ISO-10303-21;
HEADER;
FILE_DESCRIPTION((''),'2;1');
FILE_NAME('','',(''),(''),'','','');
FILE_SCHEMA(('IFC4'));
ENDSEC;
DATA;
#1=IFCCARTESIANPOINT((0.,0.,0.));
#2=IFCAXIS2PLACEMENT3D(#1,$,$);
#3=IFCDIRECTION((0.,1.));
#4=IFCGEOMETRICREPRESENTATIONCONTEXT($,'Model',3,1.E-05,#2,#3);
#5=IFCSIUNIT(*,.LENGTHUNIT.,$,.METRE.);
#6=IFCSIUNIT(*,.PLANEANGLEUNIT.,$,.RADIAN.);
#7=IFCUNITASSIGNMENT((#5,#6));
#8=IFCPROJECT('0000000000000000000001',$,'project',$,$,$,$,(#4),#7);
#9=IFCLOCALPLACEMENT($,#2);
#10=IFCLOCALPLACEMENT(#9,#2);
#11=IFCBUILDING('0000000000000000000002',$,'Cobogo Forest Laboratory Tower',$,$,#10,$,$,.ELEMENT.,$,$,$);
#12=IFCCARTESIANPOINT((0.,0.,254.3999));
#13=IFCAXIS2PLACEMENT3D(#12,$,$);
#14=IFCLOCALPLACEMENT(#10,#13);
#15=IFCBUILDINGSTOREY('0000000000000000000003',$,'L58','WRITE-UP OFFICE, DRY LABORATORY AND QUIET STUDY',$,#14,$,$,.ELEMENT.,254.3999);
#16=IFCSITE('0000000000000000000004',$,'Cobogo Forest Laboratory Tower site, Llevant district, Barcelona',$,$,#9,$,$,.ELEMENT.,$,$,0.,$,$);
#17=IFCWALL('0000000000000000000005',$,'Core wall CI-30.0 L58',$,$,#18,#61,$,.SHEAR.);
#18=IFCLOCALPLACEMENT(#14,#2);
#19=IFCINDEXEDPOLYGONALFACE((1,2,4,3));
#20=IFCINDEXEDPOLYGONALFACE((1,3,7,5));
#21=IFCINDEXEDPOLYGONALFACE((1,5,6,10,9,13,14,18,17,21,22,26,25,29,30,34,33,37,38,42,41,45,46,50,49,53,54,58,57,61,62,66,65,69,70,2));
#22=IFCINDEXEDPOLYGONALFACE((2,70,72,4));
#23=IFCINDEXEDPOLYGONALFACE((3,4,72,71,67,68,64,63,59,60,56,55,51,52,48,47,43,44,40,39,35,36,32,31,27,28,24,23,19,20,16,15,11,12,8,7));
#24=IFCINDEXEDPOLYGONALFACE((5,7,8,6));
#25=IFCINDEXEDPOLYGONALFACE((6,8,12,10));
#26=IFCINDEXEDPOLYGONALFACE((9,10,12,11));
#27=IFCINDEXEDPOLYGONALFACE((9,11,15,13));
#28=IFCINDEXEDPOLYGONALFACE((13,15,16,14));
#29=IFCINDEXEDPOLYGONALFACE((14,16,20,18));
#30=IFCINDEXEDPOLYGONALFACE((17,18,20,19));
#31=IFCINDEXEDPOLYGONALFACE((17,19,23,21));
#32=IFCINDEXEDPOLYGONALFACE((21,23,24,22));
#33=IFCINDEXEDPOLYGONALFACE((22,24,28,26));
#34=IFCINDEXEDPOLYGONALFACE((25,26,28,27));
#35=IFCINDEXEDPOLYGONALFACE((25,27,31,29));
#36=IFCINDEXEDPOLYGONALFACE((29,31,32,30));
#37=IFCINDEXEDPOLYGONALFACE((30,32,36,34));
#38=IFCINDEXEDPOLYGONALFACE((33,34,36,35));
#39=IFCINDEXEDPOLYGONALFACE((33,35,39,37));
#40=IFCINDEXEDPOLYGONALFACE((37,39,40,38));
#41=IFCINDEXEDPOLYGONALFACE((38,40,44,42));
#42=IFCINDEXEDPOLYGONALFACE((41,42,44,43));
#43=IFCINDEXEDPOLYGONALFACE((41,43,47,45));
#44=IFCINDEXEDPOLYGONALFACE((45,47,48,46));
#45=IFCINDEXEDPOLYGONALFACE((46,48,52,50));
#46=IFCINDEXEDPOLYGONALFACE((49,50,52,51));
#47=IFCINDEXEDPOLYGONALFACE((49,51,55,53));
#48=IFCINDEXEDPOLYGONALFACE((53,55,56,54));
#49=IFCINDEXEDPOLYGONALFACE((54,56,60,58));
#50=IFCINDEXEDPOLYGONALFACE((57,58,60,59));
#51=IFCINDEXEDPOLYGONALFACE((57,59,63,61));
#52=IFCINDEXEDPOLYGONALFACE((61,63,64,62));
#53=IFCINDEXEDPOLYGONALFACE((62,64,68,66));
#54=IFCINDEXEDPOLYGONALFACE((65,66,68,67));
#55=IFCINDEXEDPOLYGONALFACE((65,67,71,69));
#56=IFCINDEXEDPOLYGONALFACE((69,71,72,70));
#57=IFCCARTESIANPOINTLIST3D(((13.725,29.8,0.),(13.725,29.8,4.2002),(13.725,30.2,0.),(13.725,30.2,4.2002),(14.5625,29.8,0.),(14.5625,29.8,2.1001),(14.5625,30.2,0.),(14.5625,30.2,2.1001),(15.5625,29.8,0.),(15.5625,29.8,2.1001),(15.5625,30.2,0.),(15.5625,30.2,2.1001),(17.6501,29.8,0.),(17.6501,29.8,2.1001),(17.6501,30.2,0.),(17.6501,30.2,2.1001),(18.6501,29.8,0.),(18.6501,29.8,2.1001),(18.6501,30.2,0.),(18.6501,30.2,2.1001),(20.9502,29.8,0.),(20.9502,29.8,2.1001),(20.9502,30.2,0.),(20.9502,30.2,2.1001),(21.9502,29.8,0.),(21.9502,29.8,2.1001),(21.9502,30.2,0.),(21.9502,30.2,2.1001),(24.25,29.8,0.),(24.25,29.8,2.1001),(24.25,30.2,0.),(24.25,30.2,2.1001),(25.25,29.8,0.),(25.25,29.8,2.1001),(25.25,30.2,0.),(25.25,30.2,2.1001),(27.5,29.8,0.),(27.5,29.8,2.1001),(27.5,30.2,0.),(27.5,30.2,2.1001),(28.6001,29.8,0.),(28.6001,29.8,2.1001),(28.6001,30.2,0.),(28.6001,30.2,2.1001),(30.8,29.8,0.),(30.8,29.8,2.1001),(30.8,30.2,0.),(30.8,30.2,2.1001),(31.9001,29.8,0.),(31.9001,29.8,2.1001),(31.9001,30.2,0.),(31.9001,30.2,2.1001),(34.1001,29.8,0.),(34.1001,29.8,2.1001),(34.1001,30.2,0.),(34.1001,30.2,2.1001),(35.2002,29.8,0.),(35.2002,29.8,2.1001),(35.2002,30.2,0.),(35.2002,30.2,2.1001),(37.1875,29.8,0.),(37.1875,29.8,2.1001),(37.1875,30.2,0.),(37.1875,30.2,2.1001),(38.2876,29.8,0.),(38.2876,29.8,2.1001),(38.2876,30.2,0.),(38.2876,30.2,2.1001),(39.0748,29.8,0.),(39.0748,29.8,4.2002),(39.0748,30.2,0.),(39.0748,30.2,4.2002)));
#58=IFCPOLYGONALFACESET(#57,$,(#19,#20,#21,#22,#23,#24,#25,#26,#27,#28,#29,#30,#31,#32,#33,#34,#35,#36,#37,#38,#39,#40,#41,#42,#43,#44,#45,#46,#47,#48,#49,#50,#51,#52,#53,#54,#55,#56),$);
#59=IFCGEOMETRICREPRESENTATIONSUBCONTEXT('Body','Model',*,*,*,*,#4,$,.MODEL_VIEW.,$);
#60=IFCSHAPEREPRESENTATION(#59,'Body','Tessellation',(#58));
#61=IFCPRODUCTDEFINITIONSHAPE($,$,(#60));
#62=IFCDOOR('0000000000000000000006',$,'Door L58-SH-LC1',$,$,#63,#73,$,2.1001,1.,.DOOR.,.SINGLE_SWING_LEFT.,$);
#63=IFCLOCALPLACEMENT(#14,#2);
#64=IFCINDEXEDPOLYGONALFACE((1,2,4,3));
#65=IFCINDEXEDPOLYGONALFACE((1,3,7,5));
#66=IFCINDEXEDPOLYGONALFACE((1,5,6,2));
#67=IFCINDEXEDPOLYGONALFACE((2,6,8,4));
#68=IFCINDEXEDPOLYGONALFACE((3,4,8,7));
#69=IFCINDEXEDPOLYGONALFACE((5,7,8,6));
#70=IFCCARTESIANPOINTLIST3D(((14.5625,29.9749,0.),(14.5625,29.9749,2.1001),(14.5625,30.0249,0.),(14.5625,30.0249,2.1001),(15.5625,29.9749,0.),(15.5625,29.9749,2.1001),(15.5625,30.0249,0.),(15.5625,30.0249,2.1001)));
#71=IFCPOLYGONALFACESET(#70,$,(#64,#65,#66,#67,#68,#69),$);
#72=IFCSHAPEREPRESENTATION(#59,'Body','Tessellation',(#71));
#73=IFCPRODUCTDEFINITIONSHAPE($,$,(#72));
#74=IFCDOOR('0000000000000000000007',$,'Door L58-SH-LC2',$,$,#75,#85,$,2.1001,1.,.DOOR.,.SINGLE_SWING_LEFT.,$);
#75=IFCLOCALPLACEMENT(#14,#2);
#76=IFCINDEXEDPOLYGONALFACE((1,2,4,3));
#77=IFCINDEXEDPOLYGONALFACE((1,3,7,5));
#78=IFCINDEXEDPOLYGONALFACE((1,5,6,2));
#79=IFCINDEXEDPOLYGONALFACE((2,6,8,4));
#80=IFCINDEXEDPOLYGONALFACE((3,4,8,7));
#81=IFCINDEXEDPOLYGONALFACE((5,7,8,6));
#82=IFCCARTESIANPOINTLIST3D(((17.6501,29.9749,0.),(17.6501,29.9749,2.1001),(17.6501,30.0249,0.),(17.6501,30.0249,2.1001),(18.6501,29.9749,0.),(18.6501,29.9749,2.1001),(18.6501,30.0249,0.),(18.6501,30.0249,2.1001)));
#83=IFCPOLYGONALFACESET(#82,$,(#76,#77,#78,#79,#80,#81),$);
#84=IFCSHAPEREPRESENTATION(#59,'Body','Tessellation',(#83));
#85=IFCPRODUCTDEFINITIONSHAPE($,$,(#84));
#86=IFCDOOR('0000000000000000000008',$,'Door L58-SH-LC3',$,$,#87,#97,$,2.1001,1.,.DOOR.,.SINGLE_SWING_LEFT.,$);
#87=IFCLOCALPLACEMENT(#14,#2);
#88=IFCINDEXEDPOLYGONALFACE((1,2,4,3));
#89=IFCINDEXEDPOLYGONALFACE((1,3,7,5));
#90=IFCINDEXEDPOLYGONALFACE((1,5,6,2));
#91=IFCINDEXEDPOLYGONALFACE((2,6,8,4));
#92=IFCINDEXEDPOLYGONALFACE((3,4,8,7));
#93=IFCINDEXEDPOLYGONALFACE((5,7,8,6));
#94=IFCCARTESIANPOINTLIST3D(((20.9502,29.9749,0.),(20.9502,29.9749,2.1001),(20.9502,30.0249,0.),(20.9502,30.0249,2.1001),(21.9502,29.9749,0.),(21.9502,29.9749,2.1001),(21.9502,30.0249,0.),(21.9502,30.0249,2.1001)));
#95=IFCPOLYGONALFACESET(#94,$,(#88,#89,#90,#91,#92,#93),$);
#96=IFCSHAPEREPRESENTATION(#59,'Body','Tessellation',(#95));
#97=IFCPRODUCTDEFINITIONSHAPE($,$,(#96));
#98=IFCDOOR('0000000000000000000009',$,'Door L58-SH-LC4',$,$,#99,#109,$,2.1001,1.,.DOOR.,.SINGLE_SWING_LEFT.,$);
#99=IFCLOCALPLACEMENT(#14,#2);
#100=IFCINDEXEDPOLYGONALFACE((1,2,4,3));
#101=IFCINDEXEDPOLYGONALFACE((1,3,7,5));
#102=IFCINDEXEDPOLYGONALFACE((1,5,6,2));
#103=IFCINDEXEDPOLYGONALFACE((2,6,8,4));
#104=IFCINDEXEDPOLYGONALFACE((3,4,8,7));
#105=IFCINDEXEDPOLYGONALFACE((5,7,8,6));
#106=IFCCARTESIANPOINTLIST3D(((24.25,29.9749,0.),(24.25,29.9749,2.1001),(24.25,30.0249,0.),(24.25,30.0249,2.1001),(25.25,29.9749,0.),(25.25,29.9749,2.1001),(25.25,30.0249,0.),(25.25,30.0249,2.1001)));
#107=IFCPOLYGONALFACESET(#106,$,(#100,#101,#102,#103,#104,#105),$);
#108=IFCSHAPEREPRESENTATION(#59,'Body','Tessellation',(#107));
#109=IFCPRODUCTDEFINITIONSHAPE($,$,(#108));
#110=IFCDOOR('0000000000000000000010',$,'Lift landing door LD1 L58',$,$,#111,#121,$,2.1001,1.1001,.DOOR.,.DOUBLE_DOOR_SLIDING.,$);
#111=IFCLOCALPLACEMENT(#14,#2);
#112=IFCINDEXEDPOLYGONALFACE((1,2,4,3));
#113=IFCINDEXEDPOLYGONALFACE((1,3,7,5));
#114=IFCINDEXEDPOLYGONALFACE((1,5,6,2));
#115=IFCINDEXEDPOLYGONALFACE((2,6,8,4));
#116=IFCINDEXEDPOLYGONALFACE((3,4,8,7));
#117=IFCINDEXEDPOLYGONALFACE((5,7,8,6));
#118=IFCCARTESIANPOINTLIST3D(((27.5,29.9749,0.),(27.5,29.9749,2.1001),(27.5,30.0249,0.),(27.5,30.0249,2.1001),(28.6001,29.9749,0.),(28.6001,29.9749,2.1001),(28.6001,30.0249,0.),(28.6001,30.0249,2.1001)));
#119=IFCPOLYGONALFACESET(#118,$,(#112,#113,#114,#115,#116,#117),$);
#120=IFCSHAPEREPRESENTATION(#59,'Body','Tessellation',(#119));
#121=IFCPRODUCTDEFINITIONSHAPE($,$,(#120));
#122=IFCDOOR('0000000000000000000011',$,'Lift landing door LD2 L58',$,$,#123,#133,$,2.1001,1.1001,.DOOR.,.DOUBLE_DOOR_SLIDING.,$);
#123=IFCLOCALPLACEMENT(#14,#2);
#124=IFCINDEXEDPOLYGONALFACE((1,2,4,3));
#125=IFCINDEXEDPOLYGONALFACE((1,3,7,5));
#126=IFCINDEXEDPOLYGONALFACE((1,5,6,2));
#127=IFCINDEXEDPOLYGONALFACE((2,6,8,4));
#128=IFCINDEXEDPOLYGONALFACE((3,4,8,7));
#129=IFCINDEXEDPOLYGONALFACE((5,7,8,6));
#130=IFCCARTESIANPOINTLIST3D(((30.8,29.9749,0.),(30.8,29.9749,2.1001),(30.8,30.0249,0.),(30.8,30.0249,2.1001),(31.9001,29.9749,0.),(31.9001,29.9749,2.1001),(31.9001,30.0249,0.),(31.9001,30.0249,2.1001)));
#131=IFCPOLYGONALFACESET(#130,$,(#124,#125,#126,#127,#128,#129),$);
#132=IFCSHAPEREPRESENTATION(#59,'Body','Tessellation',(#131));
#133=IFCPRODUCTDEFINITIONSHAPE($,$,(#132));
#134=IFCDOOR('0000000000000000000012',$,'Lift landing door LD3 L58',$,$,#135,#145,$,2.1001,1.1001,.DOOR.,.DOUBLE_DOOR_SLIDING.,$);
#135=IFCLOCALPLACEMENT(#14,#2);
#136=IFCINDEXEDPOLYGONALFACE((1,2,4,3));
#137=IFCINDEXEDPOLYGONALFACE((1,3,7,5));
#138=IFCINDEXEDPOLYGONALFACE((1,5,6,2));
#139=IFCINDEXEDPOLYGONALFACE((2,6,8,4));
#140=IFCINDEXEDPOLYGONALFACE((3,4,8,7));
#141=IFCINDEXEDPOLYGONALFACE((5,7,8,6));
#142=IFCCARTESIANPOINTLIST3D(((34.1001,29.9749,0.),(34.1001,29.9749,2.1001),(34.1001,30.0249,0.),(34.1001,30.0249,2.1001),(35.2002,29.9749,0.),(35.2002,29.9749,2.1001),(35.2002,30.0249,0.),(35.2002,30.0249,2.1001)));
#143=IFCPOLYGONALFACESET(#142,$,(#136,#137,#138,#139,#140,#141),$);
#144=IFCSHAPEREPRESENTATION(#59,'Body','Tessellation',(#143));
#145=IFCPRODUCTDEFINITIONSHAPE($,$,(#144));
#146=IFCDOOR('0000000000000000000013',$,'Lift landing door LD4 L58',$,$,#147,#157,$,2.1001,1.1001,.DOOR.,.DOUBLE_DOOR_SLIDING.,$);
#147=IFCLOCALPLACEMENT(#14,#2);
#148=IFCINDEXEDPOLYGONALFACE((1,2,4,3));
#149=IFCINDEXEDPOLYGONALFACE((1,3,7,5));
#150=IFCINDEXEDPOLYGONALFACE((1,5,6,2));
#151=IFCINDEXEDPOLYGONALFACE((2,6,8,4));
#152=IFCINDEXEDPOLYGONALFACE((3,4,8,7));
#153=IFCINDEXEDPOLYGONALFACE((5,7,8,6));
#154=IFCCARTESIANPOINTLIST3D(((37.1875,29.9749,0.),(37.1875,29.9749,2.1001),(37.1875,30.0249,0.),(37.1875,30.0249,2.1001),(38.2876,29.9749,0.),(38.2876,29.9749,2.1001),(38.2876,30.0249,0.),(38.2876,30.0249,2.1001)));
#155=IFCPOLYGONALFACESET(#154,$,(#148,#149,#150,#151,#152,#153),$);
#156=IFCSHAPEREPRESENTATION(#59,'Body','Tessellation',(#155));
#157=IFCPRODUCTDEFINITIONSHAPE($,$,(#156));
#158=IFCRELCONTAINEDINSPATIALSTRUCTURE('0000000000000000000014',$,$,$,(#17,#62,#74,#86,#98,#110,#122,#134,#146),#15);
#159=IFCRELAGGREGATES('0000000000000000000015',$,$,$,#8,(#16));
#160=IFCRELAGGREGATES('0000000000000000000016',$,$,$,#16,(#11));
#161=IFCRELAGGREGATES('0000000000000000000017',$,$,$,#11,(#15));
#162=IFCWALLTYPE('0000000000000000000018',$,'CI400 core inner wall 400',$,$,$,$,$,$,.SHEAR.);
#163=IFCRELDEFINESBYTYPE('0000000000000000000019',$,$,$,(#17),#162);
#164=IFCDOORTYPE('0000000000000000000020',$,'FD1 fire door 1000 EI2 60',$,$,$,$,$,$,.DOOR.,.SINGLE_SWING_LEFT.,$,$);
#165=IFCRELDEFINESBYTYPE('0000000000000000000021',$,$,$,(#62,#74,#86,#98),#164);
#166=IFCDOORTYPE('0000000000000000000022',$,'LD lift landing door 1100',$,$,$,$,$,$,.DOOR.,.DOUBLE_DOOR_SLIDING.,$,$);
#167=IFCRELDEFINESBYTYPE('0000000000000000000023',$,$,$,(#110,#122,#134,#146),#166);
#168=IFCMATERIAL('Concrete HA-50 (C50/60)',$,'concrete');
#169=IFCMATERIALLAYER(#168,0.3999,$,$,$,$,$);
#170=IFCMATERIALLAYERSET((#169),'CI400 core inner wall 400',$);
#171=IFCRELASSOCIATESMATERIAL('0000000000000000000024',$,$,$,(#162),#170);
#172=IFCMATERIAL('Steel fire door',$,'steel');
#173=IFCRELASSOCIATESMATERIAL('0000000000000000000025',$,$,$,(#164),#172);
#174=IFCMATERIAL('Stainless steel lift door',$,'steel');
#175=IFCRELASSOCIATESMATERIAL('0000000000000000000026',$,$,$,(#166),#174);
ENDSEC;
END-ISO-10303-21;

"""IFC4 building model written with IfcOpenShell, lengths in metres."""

from ifc_helpers import new_model, si_unit, direction, frame, frame_2d, origin, place, context, subcontext, project, spatial, rectangle, extrude, material, layer, layer_set, type_object, element, fill, save


model = new_model("IFC4")

# Units and contexts
model_context = context("Model", 3, precision=1e-05, world=origin(), true_north=direction((0.0, 1.0)))
body_context = subcontext(model_context, "Body", "Model", "MODEL_VIEW")
ifc_project = project(units=[si_unit("LENGTHUNIT", "METRE"), si_unit("PLANEANGLEUNIT", "RADIAN")], contexts=[model_context])

# Site, building, storey
site_placement = place(None, origin())
site = spatial("IfcSite", under=ifc_project, at=site_placement, Name="Cobogo Forest Laboratory Tower site, Llevant district, Barcelona", CompositionType="ELEMENT", RefElevation=0.0)
building_placement = place(site_placement, origin())
building = spatial("IfcBuilding", under=site, at=building_placement, Name="Cobogo Forest Laboratory Tower", CompositionType="ELEMENT")
storey_placement = place(building_placement, frame((0.0, 0.0, 254.3999)))
storey = spatial("IfcBuildingStorey", under=building, at=storey_placement, Name="L58", Description="WRITE-UP OFFICE, DRY LABORATORY AND QUIET STUDY", CompositionType="ELEMENT", Elevation=254.3999)

# Wall, openings, doors
ifc_material_1 = material(Name="Concrete HA-50 (C50/60)", Category="concrete")
ifc_layer_1 = layer(ifc_material_1, 0.3999)
ifc_layer_set_1 = layer_set([ifc_layer_1], Name="CI400 core inner wall 400")
wall_type_1 = type_object("IfcWallType", Name="CI400 core inner wall 400", PredefinedType="SHEAR", material=ifc_layer_set_1)
wall_1_placement = place(storey_placement, frame((13.7251, 30.0, 0.0), z_axis=(0.0, 0.0, 1.0), x_axis=(1.0, 0.0, 0.0)))
wall_1 = element("IfcWall", 1, at=wall_1_placement, inside=storey, type_object=wall_type_1, Name="Core wall CI-30.0 L58", PredefinedType="SHEAR", context=body_context, shape_type="SweptSolid", body=[
    extrude(rectangle(XDim=25.3499, YDim=0.3999, at=frame_2d((12.6748, 0.0))), origin(), (0.0, 0.0, 1.0), 4.2002),
])
opening_1_placement = place(wall_1_placement, frame((0.8374, 0.0, 0.0)))
opening_1 = element("IfcOpeningElement", 2, at=opening_1_placement, cuts=wall_1, PredefinedType="OPENING", context=body_context, shape_type="SweptSolid", body=[
    extrude(rectangle(XDim=1.0, YDim=2.1001, at=frame_2d((0.5, 1.05))), frame((0.0, 0.21, 0.0), z_axis=(0.0, -1.0, 0.0), x_axis=(1.0, 0.0, 0.0)), (0.0, 0.0, 1.0), 0.4199),
])
opening_2_placement = place(wall_1_placement, frame((3.925, 0.0, 0.0)))
opening_2 = element("IfcOpeningElement", 3, at=opening_2_placement, cuts=wall_1, PredefinedType="OPENING", context=body_context, shape_type="SweptSolid", body=[
    extrude(rectangle(XDim=1.0, YDim=2.1001, at=frame_2d((0.5, 1.05))), frame((0.0, 0.21, 0.0), z_axis=(0.0, -1.0, 0.0), x_axis=(1.0, 0.0, 0.0)), (0.0, 0.0, 1.0), 0.4199),
])
opening_3_placement = place(wall_1_placement, frame((7.2251, 0.0, 0.0)))
opening_3 = element("IfcOpeningElement", 4, at=opening_3_placement, cuts=wall_1, PredefinedType="OPENING", context=body_context, shape_type="SweptSolid", body=[
    extrude(rectangle(XDim=1.0, YDim=2.1001, at=frame_2d((0.5, 1.05))), frame((0.0, 0.21, 0.0), z_axis=(0.0, -1.0, 0.0), x_axis=(1.0, 0.0, 0.0)), (0.0, 0.0, 1.0), 0.4199),
])
opening_4_placement = place(wall_1_placement, frame((10.5249, 0.0, 0.0)))
opening_4 = element("IfcOpeningElement", 5, at=opening_4_placement, cuts=wall_1, PredefinedType="OPENING", context=body_context, shape_type="SweptSolid", body=[
    extrude(rectangle(XDim=1.0, YDim=2.1001, at=frame_2d((0.5, 1.05))), frame((0.0, 0.21, 0.0), z_axis=(0.0, -1.0, 0.0), x_axis=(1.0, 0.0, 0.0)), (0.0, 0.0, 1.0), 0.4199),
])
opening_5_placement = place(wall_1_placement, frame((13.7749, 0.0, 0.0)))
opening_5 = element("IfcOpeningElement", 6, at=opening_5_placement, cuts=wall_1, PredefinedType="OPENING", context=body_context, shape_type="SweptSolid", body=[
    extrude(rectangle(XDim=1.1001, YDim=2.1001, at=frame_2d((0.55, 1.05))), frame((0.0, 0.21, 0.0), z_axis=(0.0, -1.0, 0.0), x_axis=(1.0, 0.0, 0.0)), (0.0, 0.0, 1.0), 0.4199),
])
opening_6_placement = place(wall_1_placement, frame((17.075, 0.0, 0.0)))
opening_6 = element("IfcOpeningElement", 7, at=opening_6_placement, cuts=wall_1, PredefinedType="OPENING", context=body_context, shape_type="SweptSolid", body=[
    extrude(rectangle(XDim=1.1001, YDim=2.1001, at=frame_2d((0.55, 1.05))), frame((0.0, 0.21, 0.0), z_axis=(0.0, -1.0, 0.0), x_axis=(1.0, 0.0, 0.0)), (0.0, 0.0, 1.0), 0.4199),
])
opening_7_placement = place(wall_1_placement, frame((20.375, 0.0, 0.0)))
opening_7 = element("IfcOpeningElement", 8, at=opening_7_placement, cuts=wall_1, PredefinedType="OPENING", context=body_context, shape_type="SweptSolid", body=[
    extrude(rectangle(XDim=1.1001, YDim=2.1001, at=frame_2d((0.55, 1.05))), frame((0.0, 0.21, 0.0), z_axis=(0.0, -1.0, 0.0), x_axis=(1.0, 0.0, 0.0)), (0.0, 0.0, 1.0), 0.4199),
])
opening_8_placement = place(wall_1_placement, frame((23.4624, 0.0, 0.0)))
opening_8 = element("IfcOpeningElement", 9, at=opening_8_placement, cuts=wall_1, PredefinedType="OPENING", context=body_context, shape_type="SweptSolid", body=[
    extrude(rectangle(XDim=1.1001, YDim=2.1001, at=frame_2d((0.55, 1.05))), frame((0.0, 0.21, 0.0), z_axis=(0.0, -1.0, 0.0), x_axis=(1.0, 0.0, 0.0)), (0.0, 0.0, 1.0), 0.4199),
])
ifc_material_2 = material(Name="Steel fire door", Category="steel")
door_type_1 = type_object("IfcDoorType", Name="FD1 fire door 1000 EI2 60", OperationType="SINGLE_SWING_LEFT", PredefinedType="DOOR", material=ifc_material_2)
door_1_placement = place(opening_1_placement, origin())
door_1 = element("IfcDoor", 10, at=door_1_placement, inside=storey, type_object=door_type_1, Name="Door L58-SH-LC1", OperationType="SINGLE_SWING_LEFT", OverallHeight=2.1001, OverallWidth=1.0, PredefinedType="DOOR", context=body_context, shape_type="SweptSolid", body=[
    extrude(rectangle(XDim=1.0, YDim=2.1001, at=frame_2d((0.5, 1.05))), frame((0.0, 0.0249, 0.0), z_axis=(0.0, -1.0, 0.0), x_axis=(1.0, 0.0, 0.0)), (0.0, 0.0, 1.0), 0.05),
])
fill(opening_1, door_1)
door_2_placement = place(opening_2_placement, origin())
door_2 = element("IfcDoor", 11, at=door_2_placement, inside=storey, type_object=door_type_1, Name="Door L58-SH-LC2", OperationType="SINGLE_SWING_LEFT", OverallHeight=2.1001, OverallWidth=1.0, PredefinedType="DOOR", context=body_context, shape_type="SweptSolid", body=[
    extrude(rectangle(XDim=1.0, YDim=2.1001, at=frame_2d((0.5, 1.05))), frame((0.0, 0.0249, 0.0), z_axis=(0.0, -1.0, 0.0), x_axis=(1.0, 0.0, 0.0)), (0.0, 0.0, 1.0), 0.05),
])
fill(opening_2, door_2)
door_3_placement = place(opening_3_placement, origin())
door_3 = element("IfcDoor", 12, at=door_3_placement, inside=storey, type_object=door_type_1, Name="Door L58-SH-LC3", OperationType="SINGLE_SWING_LEFT", OverallHeight=2.1001, OverallWidth=1.0, PredefinedType="DOOR", context=body_context, shape_type="SweptSolid", body=[
    extrude(rectangle(XDim=1.0, YDim=2.1001, at=frame_2d((0.5, 1.05))), frame((0.0, 0.0249, 0.0), z_axis=(0.0, -1.0, 0.0), x_axis=(1.0, 0.0, 0.0)), (0.0, 0.0, 1.0), 0.05),
])
fill(opening_3, door_3)
door_4_placement = place(opening_4_placement, origin())
door_4 = element("IfcDoor", 13, at=door_4_placement, inside=storey, type_object=door_type_1, Name="Door L58-SH-LC4", OperationType="SINGLE_SWING_LEFT", OverallHeight=2.1001, OverallWidth=1.0, PredefinedType="DOOR", context=body_context, shape_type="SweptSolid", body=[
    extrude(rectangle(XDim=1.0, YDim=2.1001, at=frame_2d((0.5, 1.05))), frame((0.0, 0.0249, 0.0), z_axis=(0.0, -1.0, 0.0), x_axis=(1.0, 0.0, 0.0)), (0.0, 0.0, 1.0), 0.05),
])
fill(opening_4, door_4)
ifc_material_3 = material(Name="Stainless steel lift door", Category="steel")
door_type_2 = type_object("IfcDoorType", Name="LD lift landing door 1100", OperationType="DOUBLE_DOOR_SLIDING", PredefinedType="DOOR", material=ifc_material_3)
door_5_placement = place(opening_5_placement, origin())
door_5 = element("IfcDoor", 14, at=door_5_placement, inside=storey, type_object=door_type_2, Name="Lift landing door LD1 L58", OperationType="DOUBLE_DOOR_SLIDING", OverallHeight=2.1001, OverallWidth=1.1001, PredefinedType="DOOR", context=body_context, shape_type="SweptSolid", body=[
    extrude(rectangle(XDim=1.1001, YDim=2.1001, at=frame_2d((0.55, 1.05))), frame((0.0, 0.0249, 0.0), z_axis=(0.0, -1.0, 0.0), x_axis=(1.0, 0.0, 0.0)), (0.0, 0.0, 1.0), 0.05),
])
fill(opening_5, door_5)
door_6_placement = place(opening_6_placement, origin())
door_6 = element("IfcDoor", 15, at=door_6_placement, inside=storey, type_object=door_type_2, Name="Lift landing door LD2 L58", OperationType="DOUBLE_DOOR_SLIDING", OverallHeight=2.1001, OverallWidth=1.1001, PredefinedType="DOOR", context=body_context, shape_type="SweptSolid", body=[
    extrude(rectangle(XDim=1.1001, YDim=2.1001, at=frame_2d((0.55, 1.05))), frame((0.0, 0.0249, 0.0), z_axis=(0.0, -1.0, 0.0), x_axis=(1.0, 0.0, 0.0)), (0.0, 0.0, 1.0), 0.05),
])
fill(opening_6, door_6)
door_7_placement = place(opening_7_placement, origin())
door_7 = element("IfcDoor", 16, at=door_7_placement, inside=storey, type_object=door_type_2, Name="Lift landing door LD3 L58", OperationType="DOUBLE_DOOR_SLIDING", OverallHeight=2.1001, OverallWidth=1.1001, PredefinedType="DOOR", context=body_context, shape_type="SweptSolid", body=[
    extrude(rectangle(XDim=1.1001, YDim=2.1001, at=frame_2d((0.55, 1.05))), frame((0.0, 0.0249, 0.0), z_axis=(0.0, -1.0, 0.0), x_axis=(1.0, 0.0, 0.0)), (0.0, 0.0, 1.0), 0.05),
])
fill(opening_7, door_7)
door_8_placement = place(opening_8_placement, origin())
door_8 = element("IfcDoor", 17, at=door_8_placement, inside=storey, type_object=door_type_2, Name="Lift landing door LD4 L58", OperationType="DOUBLE_DOOR_SLIDING", OverallHeight=2.1001, OverallWidth=1.1001, PredefinedType="DOOR", context=body_context, shape_type="SweptSolid", body=[
    extrude(rectangle(XDim=1.1001, YDim=2.1001, at=frame_2d((0.55, 1.05))), frame((0.0, 0.0249, 0.0), z_axis=(0.0, -1.0, 0.0), x_axis=(1.0, 0.0, 0.0)), (0.0, 0.0, 1.0), 0.05),
])
fill(opening_8, door_8)

save(model, "model.ifc")
